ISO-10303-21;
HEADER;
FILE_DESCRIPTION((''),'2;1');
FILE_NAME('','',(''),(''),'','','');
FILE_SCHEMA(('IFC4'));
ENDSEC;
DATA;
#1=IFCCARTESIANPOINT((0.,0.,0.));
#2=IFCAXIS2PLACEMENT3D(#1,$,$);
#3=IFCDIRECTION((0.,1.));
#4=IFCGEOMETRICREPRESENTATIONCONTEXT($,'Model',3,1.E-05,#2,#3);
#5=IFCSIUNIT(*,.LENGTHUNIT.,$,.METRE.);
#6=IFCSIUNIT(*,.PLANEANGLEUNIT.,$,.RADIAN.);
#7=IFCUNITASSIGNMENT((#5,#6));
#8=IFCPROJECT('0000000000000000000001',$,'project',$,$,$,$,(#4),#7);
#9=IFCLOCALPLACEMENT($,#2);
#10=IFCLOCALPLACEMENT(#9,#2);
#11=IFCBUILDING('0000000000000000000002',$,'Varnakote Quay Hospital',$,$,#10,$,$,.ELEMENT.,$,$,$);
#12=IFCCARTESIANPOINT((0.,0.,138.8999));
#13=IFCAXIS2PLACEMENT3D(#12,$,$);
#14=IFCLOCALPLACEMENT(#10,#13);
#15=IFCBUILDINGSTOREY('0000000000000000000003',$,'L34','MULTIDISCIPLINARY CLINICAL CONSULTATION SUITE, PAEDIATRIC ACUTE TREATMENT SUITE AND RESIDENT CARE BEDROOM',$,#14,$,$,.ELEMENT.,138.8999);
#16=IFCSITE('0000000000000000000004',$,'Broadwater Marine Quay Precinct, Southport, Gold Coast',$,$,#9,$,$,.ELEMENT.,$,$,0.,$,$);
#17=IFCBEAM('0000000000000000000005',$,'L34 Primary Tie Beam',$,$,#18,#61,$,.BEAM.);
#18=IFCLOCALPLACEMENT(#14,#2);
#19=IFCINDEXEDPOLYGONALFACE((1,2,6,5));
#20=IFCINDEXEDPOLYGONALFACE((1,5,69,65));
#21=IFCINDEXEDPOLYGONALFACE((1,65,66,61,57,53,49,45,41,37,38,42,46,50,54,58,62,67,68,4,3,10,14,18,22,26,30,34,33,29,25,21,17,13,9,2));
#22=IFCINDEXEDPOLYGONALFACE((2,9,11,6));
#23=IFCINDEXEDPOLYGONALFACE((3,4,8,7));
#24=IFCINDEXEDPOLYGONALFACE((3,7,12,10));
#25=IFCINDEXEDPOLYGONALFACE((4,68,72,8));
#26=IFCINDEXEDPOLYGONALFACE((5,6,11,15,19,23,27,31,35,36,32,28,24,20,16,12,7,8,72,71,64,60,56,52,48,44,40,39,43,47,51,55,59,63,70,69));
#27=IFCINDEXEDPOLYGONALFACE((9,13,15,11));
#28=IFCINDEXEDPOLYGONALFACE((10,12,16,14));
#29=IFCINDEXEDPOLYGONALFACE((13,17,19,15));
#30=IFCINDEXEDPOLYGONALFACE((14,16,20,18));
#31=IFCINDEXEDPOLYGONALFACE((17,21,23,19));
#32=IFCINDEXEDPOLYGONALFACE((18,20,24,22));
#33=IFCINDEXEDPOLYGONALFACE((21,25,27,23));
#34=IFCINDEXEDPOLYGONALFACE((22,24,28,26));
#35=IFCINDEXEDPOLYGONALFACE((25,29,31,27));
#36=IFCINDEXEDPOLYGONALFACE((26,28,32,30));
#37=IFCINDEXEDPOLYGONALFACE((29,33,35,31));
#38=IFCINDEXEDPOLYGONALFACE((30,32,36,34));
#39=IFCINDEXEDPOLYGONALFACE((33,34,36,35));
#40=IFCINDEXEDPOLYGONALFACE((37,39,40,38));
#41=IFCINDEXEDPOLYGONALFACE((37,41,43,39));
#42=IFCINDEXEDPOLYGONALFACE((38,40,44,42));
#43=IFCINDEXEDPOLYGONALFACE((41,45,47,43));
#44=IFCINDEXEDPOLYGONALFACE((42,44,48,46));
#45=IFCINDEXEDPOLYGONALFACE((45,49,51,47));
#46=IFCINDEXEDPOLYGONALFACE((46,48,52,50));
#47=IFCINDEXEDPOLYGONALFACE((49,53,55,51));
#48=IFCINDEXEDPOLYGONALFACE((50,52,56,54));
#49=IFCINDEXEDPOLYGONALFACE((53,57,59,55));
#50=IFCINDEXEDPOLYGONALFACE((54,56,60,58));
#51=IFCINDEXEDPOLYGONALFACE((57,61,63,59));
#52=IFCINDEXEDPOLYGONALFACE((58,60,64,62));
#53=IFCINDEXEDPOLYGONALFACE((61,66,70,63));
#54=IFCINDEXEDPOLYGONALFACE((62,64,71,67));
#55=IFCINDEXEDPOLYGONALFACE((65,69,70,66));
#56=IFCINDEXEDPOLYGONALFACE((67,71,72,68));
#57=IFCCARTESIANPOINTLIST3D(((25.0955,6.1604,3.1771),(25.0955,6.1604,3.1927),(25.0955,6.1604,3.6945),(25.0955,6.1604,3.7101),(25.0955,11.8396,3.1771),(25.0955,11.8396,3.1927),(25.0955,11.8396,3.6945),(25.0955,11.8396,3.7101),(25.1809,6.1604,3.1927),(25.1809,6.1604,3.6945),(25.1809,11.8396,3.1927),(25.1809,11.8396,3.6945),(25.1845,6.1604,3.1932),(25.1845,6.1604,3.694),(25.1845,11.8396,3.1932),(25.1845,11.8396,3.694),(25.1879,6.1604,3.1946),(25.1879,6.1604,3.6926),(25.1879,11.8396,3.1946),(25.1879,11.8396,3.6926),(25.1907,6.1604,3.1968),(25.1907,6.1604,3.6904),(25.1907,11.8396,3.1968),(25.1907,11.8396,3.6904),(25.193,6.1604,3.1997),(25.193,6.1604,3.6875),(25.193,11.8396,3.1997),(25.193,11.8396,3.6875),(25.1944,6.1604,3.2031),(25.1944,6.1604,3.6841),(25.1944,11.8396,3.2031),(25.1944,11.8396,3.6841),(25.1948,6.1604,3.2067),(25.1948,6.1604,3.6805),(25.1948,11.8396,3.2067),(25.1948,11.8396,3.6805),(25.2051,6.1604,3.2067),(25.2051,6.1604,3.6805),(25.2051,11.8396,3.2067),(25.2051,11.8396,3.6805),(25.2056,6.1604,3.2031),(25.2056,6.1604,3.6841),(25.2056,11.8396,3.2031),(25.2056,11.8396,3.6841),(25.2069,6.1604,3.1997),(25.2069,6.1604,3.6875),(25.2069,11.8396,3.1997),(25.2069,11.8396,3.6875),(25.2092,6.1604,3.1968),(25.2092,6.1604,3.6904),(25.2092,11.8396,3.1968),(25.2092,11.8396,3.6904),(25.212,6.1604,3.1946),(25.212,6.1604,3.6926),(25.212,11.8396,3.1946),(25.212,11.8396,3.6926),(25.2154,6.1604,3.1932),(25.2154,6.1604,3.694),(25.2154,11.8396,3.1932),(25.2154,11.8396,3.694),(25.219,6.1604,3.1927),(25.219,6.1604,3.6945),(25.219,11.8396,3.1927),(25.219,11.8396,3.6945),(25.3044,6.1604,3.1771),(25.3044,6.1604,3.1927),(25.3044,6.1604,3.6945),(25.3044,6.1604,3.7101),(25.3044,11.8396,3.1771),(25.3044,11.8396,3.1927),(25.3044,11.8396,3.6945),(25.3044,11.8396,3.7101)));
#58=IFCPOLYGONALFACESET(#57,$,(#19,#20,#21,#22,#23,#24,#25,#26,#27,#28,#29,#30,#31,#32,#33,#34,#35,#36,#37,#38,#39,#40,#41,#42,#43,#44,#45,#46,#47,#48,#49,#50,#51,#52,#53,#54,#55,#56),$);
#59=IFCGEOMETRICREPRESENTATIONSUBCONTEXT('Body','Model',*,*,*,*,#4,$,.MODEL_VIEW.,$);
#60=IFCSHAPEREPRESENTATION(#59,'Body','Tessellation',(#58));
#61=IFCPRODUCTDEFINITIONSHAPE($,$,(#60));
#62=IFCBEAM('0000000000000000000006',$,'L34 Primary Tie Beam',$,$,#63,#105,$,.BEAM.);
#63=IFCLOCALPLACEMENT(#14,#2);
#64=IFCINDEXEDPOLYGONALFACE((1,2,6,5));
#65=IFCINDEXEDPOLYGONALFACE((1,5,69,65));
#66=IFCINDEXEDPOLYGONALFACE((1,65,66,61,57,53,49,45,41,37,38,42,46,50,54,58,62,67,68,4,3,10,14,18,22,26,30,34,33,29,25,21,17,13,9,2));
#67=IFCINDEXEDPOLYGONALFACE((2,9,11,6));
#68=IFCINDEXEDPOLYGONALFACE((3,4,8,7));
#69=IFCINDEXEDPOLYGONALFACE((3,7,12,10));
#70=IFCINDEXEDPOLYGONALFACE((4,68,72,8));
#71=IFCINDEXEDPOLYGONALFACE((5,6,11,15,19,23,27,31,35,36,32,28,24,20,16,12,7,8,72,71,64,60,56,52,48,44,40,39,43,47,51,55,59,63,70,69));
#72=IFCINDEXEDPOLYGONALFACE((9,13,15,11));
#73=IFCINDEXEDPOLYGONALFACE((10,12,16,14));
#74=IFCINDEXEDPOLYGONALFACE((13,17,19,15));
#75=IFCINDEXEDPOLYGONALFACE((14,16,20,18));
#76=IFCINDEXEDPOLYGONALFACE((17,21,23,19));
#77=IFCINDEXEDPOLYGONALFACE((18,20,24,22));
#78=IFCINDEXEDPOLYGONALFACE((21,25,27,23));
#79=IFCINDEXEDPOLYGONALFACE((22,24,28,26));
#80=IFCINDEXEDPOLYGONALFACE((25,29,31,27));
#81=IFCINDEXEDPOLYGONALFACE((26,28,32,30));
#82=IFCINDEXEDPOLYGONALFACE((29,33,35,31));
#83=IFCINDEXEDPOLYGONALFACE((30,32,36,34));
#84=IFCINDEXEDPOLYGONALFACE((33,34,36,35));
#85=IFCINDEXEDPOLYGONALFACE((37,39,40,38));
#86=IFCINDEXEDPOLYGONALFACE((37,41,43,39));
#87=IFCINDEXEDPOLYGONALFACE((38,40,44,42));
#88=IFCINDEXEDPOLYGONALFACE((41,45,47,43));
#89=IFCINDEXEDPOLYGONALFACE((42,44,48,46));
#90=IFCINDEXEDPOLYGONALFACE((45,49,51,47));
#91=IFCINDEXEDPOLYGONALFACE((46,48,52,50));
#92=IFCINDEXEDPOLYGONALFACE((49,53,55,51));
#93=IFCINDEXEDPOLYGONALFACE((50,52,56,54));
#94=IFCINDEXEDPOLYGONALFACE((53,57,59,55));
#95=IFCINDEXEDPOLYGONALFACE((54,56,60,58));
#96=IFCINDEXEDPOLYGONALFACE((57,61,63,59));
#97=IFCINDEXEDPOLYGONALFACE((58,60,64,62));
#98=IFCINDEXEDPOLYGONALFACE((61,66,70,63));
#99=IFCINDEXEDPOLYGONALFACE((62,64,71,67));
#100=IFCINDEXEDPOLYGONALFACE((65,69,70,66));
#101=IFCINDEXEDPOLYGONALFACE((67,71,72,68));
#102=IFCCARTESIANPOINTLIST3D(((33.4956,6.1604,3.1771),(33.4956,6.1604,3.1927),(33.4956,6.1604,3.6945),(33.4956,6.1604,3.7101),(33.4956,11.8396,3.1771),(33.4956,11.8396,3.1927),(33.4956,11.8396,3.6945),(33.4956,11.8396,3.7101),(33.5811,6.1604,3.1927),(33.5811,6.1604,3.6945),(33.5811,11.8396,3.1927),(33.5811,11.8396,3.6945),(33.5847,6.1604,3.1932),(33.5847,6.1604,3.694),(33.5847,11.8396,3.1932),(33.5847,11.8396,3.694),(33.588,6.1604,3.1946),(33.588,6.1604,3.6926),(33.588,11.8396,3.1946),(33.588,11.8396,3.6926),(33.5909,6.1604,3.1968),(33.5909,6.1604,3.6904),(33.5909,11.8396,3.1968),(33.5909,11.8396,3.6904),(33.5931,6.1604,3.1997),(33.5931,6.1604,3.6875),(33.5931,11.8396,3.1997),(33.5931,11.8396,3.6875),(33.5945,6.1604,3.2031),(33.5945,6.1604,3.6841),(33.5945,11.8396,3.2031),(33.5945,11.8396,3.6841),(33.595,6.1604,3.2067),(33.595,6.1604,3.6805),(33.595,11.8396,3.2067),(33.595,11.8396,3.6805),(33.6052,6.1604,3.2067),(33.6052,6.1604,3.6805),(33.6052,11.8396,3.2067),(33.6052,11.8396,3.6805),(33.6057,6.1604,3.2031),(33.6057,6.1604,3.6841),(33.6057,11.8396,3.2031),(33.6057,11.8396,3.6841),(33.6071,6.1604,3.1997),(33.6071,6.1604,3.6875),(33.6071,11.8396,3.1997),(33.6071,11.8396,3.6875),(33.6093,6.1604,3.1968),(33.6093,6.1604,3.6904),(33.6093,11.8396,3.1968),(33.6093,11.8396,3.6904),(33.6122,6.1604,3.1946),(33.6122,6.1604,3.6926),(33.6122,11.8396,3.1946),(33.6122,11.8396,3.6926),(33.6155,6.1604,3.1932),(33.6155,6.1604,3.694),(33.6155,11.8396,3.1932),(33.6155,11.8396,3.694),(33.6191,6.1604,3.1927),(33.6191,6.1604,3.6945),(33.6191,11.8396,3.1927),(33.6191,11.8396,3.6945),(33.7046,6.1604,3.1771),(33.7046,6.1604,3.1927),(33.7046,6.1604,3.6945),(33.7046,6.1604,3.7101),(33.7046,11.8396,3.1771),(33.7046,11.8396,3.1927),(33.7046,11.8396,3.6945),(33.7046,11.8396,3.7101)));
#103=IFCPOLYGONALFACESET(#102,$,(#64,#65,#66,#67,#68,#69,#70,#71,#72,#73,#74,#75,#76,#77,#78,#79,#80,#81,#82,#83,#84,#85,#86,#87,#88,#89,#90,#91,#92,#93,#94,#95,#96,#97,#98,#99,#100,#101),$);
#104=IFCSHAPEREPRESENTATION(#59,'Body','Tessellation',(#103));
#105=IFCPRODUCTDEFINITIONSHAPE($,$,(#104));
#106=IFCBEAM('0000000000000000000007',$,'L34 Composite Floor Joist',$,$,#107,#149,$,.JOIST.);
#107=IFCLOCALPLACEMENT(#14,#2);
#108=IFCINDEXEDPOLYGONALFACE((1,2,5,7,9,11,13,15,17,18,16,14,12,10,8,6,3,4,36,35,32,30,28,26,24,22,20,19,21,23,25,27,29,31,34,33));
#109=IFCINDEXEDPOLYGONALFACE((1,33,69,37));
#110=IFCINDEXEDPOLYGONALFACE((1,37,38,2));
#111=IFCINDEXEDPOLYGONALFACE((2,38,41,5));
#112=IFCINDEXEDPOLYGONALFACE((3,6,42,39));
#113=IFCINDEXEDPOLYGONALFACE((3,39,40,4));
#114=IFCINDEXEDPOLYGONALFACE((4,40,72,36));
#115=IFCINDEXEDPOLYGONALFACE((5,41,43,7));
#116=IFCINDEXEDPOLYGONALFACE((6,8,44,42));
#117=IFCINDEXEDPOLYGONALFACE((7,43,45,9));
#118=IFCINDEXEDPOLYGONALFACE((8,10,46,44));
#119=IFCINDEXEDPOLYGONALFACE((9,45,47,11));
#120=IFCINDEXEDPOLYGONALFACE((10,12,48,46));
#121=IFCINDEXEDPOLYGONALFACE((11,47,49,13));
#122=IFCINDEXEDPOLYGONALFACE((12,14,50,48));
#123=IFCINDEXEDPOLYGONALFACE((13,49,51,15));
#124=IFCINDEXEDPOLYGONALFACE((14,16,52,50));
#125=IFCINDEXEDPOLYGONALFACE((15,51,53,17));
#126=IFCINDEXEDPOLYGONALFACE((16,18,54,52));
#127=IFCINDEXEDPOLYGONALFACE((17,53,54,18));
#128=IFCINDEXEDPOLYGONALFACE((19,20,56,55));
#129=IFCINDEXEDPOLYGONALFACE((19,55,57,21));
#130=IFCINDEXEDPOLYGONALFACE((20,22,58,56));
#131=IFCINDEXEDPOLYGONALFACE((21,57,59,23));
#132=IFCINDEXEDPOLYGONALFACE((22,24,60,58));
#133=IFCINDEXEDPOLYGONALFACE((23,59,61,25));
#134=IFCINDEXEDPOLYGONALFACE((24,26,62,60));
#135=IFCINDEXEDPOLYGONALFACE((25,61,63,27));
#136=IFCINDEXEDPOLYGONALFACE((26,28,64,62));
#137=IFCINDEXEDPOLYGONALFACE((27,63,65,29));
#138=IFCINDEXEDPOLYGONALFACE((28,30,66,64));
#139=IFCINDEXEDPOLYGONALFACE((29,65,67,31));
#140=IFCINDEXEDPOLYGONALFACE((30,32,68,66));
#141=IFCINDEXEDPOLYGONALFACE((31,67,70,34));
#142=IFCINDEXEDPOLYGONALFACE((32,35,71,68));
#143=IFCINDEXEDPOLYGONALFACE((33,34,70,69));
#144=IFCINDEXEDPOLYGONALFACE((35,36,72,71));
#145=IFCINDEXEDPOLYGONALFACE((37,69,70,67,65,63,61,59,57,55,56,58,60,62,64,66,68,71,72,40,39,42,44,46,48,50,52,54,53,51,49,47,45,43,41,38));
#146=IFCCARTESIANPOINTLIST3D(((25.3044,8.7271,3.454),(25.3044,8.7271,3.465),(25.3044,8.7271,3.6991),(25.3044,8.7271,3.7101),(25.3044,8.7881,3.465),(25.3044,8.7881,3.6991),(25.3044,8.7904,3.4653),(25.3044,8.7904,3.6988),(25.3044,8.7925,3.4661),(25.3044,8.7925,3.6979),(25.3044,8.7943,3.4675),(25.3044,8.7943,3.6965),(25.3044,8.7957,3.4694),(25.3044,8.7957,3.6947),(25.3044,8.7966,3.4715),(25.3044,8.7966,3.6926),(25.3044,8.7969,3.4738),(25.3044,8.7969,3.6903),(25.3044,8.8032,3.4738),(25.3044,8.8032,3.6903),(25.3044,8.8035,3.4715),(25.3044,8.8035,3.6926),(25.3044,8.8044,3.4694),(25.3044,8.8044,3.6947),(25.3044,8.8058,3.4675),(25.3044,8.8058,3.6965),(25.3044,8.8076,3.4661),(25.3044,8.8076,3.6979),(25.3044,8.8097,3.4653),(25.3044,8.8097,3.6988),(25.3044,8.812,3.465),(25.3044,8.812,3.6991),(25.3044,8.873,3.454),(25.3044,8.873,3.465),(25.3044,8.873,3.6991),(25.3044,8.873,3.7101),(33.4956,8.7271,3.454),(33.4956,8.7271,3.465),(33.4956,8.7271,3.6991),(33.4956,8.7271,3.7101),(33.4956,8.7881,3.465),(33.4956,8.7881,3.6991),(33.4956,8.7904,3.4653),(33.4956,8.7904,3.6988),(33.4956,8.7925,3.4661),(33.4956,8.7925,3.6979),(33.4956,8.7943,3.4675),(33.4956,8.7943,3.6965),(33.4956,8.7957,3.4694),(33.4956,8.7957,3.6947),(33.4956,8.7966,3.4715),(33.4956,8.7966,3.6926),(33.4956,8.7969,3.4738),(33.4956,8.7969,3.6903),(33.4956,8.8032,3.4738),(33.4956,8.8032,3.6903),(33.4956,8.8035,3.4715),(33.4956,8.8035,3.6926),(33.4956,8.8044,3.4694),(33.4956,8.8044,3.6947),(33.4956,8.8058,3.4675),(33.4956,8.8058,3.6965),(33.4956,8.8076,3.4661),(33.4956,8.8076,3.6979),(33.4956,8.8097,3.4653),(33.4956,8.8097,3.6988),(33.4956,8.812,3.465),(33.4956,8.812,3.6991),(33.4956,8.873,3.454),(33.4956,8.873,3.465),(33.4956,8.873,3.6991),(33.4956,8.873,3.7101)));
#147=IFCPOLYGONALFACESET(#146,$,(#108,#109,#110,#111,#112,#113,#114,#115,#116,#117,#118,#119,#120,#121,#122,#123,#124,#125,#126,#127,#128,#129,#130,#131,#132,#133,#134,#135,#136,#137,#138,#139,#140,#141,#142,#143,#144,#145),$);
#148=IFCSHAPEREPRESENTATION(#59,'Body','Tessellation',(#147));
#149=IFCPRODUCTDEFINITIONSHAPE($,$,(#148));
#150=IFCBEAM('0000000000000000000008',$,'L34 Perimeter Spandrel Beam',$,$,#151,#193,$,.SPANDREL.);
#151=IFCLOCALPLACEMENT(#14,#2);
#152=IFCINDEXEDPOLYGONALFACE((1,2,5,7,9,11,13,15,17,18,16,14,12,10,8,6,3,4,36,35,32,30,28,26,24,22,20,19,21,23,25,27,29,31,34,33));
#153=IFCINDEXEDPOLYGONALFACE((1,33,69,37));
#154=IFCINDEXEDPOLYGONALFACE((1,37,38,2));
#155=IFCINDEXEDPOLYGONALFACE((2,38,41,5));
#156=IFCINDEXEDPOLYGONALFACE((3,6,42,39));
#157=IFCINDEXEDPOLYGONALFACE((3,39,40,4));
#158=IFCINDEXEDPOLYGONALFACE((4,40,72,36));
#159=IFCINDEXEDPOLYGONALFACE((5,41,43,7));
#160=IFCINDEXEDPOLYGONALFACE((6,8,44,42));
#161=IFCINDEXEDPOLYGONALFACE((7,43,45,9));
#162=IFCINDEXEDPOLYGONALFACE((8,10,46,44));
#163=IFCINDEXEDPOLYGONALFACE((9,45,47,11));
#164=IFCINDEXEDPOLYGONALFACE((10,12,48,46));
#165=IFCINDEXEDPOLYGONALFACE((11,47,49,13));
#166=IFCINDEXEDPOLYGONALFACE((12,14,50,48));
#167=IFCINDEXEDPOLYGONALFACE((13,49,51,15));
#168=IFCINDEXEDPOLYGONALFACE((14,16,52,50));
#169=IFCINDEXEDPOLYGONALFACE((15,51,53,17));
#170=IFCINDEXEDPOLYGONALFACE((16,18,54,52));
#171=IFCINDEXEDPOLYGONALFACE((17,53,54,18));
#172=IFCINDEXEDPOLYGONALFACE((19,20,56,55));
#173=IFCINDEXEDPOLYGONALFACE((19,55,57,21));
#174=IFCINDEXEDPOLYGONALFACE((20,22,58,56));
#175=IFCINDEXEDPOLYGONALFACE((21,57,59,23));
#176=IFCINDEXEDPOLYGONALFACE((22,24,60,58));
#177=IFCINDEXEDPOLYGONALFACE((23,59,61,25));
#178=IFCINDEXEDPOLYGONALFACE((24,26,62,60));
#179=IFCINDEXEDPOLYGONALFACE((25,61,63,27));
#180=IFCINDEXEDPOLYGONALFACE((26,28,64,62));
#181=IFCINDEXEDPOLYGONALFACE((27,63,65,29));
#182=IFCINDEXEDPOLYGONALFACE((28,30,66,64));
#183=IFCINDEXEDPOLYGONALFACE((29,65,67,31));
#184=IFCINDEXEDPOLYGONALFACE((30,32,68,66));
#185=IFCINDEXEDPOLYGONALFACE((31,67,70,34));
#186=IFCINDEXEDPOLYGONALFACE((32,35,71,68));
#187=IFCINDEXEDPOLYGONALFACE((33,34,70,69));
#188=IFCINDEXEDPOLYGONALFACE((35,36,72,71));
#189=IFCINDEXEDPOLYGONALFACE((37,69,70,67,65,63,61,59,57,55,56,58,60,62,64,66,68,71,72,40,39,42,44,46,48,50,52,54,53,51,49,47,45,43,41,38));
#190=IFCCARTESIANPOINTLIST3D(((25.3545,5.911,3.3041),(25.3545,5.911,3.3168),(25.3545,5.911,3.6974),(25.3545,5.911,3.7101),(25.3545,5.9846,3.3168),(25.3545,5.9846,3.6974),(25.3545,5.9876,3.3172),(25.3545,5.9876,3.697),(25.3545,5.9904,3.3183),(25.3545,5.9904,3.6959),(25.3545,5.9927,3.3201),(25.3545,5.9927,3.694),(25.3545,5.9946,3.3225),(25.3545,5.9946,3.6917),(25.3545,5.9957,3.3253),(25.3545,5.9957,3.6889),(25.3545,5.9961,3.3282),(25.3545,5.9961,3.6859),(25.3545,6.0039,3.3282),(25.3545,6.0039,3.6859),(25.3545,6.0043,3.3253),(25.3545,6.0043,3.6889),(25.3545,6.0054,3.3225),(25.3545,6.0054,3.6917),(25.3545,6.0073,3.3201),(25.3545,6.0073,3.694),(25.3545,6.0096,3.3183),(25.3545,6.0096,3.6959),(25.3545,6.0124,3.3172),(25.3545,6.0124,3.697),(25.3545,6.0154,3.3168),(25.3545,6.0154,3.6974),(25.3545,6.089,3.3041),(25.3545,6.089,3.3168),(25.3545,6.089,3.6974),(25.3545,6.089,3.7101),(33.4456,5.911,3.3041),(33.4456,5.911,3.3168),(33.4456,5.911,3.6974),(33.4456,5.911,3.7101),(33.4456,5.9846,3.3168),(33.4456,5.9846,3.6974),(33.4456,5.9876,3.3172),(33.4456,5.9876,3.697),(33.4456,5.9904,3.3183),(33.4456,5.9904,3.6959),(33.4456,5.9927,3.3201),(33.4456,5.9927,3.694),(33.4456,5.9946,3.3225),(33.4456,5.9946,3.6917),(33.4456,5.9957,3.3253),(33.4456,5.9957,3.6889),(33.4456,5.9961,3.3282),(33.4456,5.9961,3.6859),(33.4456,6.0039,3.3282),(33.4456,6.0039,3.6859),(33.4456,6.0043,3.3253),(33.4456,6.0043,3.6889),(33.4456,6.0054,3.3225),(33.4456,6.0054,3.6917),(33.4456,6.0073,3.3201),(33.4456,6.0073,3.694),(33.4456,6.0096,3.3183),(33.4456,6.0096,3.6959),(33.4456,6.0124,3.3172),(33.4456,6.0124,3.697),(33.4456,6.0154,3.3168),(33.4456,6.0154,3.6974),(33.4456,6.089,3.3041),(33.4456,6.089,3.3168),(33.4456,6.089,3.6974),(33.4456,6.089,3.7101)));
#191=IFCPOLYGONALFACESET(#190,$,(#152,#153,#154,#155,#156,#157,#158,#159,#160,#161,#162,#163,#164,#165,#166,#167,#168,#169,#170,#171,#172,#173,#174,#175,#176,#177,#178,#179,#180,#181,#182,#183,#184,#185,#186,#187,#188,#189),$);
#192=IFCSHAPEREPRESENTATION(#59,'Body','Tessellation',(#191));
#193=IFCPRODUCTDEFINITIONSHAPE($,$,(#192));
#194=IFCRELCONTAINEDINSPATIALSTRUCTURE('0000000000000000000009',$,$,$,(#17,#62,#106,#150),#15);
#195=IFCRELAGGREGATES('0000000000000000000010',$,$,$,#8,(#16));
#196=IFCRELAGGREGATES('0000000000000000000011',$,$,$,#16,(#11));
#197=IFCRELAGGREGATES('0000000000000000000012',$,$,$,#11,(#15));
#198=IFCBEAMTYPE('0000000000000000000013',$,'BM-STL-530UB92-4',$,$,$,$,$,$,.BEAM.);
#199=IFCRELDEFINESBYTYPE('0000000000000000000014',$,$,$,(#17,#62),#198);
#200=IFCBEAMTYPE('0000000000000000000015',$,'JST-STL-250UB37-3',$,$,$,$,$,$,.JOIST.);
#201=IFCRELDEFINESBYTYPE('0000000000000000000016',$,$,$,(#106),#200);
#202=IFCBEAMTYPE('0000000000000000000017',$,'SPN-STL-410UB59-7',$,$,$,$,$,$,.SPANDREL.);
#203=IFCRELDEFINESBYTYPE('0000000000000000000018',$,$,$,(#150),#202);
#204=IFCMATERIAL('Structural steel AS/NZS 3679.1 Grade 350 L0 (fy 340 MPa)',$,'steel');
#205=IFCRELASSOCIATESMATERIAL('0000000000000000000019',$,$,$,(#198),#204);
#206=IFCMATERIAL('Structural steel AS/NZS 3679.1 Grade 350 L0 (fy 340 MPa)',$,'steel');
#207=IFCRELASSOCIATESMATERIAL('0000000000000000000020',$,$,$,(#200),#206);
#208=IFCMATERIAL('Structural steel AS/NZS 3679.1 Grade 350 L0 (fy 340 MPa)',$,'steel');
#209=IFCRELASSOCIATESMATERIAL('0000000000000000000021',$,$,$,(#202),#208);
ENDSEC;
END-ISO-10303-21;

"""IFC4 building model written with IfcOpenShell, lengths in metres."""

from ifc_helpers import new_model, si_unit, direction, frame, origin, origin_2d, place, context, subcontext, project, spatial, i_section, extrude, material, material_profile, profile_set, type_object, element, save


model = new_model("IFC4")

# Units and contexts
model_context = context("Model", 3, precision=1e-05, world=origin(), true_north=direction((0.0, 1.0)))
body_context = subcontext(model_context, "Body", "Model", "MODEL_VIEW")
ifc_project = project(units=[si_unit("LENGTHUNIT", "METRE"), si_unit("PLANEANGLEUNIT", "RADIAN")], contexts=[model_context])

# Site, building, storey
site_placement = place(None, origin())
site = spatial("IfcSite", under=ifc_project, at=site_placement, Name="Broadwater Marine Quay Precinct, Southport, Gold Coast", CompositionType="ELEMENT", RefElevation=0.0)
building_placement = place(site_placement, origin())
building = spatial("IfcBuilding", under=site, at=building_placement, Name="Varnakote Quay Hospital", CompositionType="ELEMENT")
storey_placement = place(building_placement, frame((0.0, 0.0, 138.8999)))
storey = spatial("IfcBuildingStorey", under=building, at=storey_placement, Name="L34", Description="MULTIDISCIPLINARY CLINICAL CONSULTATION SUITE, PAEDIATRIC ACUTE TREATMENT SUITE AND RESIDENT CARE BEDROOM", CompositionType="ELEMENT", Elevation=138.8999)

# Beams
ifc_material_1 = material(Name="Structural steel AS/NZS 3679.1 Grade 350 L0 (fy 340 MPa)", Category="steel")
ifc_material_profile_1 = material_profile(ifc_material_1, i_section(OverallWidth=0.209, OverallDepth=0.533, WebThickness=0.0103, FlangeThickness=0.0156, FilletRadius=0.0139, at=origin_2d()), Name="530UB92.4")
ifc_profile_set_1 = profile_set([ifc_material_profile_1], Name="Structural steel AS/NZS 3679.1 Grade 350 L0 (fy 340 MPa)")
beam_type_1 = type_object("IfcBeamType", Name="BM-STL-530UB92-4", PredefinedType="BEAM", material=ifc_profile_set_1)
for number, where, z_axis, x_axis, name in (
    (1, (25.2, 6.1604, 3.4436), (0.0, 1.0, 0.0), (-1.0, 0.0, 0.0), "L34 Primary Tie Beam"),
    (2, (33.6001, 6.1604, 3.4436), (0.0, 1.0, 0.0), (-1.0, 0.0, 0.0), "L34 Primary Tie Beam"),
):
    element("IfcBeam", number, at=place(storey_placement, frame(where, z_axis=z_axis, x_axis=x_axis)), inside=storey, type_object=beam_type_1, Name=name, PredefinedType="BEAM", context=body_context, shape_type="SweptSolid", body=[
        extrude(i_section(OverallWidth=0.209, OverallDepth=0.533, WebThickness=0.0103, FlangeThickness=0.0156, FilletRadius=0.0139, at=origin_2d()), origin(), (0.0, 0.0, 1.0), 5.6792),
    ])
ifc_material_2 = material(Name="Structural steel AS/NZS 3679.1 Grade 350 L0 (fy 340 MPa)", Category="steel")
ifc_material_profile_2 = material_profile(ifc_material_2, i_section(OverallWidth=0.146, OverallDepth=0.2561, WebThickness=0.0063, FlangeThickness=0.011, FilletRadius=0.0088, at=origin_2d()), Name="250UB37.3")
ifc_profile_set_2 = profile_set([ifc_material_profile_2], Name="Structural steel AS/NZS 3679.1 Grade 350 L0 (fy 340 MPa)")
beam_type_2 = type_object("IfcBeamType", Name="JST-STL-250UB37-3", PredefinedType="JOIST", material=ifc_profile_set_2)
beam_1_placement = place(storey_placement, frame((25.3044, 8.8, 3.582), z_axis=(1.0, 0.0, 0.0), x_axis=(0.0, 1.0, 0.0)))
element("IfcBeam", 3, at=beam_1_placement, inside=storey, type_object=beam_type_2, Name="L34 Composite Floor Joist", PredefinedType="JOIST", context=body_context, shape_type="SweptSolid", body=[
    extrude(i_section(OverallWidth=0.146, OverallDepth=0.2561, WebThickness=0.0063, FlangeThickness=0.011, FilletRadius=0.0088, at=origin_2d()), origin(), (0.0, 0.0, 1.0), 8.1912),
])
ifc_material_3 = material(Name="Structural steel AS/NZS 3679.1 Grade 350 L0 (fy 340 MPa)", Category="steel")
ifc_material_profile_3 = material_profile(ifc_material_3, i_section(OverallWidth=0.178, OverallDepth=0.406, WebThickness=0.0078, FlangeThickness=0.0127, FilletRadius=0.0115, at=origin_2d()), Name="410UB59.7")
ifc_profile_set_3 = profile_set([ifc_material_profile_3], Name="Structural steel AS/NZS 3679.1 Grade 350 L0 (fy 340 MPa)")
beam_type_3 = type_object("IfcBeamType", Name="SPN-STL-410UB59-7", PredefinedType="SPANDREL", material=ifc_profile_set_3)
beam_2_placement = place(storey_placement, frame((25.3545, 6.0, 3.5071), z_axis=(1.0, 0.0, 0.0), x_axis=(0.0, 1.0, 0.0)))
element("IfcBeam", 4, at=beam_2_placement, inside=storey, type_object=beam_type_3, Name="L34 Perimeter Spandrel Beam", PredefinedType="SPANDREL", context=body_context, shape_type="SweptSolid", body=[
    extrude(i_section(OverallWidth=0.178, OverallDepth=0.406, WebThickness=0.0078, FlangeThickness=0.0127, FilletRadius=0.0115, at=origin_2d()), origin(), (0.0, 0.0, 1.0), 8.0911),
])

save(model, "model.ifc")
